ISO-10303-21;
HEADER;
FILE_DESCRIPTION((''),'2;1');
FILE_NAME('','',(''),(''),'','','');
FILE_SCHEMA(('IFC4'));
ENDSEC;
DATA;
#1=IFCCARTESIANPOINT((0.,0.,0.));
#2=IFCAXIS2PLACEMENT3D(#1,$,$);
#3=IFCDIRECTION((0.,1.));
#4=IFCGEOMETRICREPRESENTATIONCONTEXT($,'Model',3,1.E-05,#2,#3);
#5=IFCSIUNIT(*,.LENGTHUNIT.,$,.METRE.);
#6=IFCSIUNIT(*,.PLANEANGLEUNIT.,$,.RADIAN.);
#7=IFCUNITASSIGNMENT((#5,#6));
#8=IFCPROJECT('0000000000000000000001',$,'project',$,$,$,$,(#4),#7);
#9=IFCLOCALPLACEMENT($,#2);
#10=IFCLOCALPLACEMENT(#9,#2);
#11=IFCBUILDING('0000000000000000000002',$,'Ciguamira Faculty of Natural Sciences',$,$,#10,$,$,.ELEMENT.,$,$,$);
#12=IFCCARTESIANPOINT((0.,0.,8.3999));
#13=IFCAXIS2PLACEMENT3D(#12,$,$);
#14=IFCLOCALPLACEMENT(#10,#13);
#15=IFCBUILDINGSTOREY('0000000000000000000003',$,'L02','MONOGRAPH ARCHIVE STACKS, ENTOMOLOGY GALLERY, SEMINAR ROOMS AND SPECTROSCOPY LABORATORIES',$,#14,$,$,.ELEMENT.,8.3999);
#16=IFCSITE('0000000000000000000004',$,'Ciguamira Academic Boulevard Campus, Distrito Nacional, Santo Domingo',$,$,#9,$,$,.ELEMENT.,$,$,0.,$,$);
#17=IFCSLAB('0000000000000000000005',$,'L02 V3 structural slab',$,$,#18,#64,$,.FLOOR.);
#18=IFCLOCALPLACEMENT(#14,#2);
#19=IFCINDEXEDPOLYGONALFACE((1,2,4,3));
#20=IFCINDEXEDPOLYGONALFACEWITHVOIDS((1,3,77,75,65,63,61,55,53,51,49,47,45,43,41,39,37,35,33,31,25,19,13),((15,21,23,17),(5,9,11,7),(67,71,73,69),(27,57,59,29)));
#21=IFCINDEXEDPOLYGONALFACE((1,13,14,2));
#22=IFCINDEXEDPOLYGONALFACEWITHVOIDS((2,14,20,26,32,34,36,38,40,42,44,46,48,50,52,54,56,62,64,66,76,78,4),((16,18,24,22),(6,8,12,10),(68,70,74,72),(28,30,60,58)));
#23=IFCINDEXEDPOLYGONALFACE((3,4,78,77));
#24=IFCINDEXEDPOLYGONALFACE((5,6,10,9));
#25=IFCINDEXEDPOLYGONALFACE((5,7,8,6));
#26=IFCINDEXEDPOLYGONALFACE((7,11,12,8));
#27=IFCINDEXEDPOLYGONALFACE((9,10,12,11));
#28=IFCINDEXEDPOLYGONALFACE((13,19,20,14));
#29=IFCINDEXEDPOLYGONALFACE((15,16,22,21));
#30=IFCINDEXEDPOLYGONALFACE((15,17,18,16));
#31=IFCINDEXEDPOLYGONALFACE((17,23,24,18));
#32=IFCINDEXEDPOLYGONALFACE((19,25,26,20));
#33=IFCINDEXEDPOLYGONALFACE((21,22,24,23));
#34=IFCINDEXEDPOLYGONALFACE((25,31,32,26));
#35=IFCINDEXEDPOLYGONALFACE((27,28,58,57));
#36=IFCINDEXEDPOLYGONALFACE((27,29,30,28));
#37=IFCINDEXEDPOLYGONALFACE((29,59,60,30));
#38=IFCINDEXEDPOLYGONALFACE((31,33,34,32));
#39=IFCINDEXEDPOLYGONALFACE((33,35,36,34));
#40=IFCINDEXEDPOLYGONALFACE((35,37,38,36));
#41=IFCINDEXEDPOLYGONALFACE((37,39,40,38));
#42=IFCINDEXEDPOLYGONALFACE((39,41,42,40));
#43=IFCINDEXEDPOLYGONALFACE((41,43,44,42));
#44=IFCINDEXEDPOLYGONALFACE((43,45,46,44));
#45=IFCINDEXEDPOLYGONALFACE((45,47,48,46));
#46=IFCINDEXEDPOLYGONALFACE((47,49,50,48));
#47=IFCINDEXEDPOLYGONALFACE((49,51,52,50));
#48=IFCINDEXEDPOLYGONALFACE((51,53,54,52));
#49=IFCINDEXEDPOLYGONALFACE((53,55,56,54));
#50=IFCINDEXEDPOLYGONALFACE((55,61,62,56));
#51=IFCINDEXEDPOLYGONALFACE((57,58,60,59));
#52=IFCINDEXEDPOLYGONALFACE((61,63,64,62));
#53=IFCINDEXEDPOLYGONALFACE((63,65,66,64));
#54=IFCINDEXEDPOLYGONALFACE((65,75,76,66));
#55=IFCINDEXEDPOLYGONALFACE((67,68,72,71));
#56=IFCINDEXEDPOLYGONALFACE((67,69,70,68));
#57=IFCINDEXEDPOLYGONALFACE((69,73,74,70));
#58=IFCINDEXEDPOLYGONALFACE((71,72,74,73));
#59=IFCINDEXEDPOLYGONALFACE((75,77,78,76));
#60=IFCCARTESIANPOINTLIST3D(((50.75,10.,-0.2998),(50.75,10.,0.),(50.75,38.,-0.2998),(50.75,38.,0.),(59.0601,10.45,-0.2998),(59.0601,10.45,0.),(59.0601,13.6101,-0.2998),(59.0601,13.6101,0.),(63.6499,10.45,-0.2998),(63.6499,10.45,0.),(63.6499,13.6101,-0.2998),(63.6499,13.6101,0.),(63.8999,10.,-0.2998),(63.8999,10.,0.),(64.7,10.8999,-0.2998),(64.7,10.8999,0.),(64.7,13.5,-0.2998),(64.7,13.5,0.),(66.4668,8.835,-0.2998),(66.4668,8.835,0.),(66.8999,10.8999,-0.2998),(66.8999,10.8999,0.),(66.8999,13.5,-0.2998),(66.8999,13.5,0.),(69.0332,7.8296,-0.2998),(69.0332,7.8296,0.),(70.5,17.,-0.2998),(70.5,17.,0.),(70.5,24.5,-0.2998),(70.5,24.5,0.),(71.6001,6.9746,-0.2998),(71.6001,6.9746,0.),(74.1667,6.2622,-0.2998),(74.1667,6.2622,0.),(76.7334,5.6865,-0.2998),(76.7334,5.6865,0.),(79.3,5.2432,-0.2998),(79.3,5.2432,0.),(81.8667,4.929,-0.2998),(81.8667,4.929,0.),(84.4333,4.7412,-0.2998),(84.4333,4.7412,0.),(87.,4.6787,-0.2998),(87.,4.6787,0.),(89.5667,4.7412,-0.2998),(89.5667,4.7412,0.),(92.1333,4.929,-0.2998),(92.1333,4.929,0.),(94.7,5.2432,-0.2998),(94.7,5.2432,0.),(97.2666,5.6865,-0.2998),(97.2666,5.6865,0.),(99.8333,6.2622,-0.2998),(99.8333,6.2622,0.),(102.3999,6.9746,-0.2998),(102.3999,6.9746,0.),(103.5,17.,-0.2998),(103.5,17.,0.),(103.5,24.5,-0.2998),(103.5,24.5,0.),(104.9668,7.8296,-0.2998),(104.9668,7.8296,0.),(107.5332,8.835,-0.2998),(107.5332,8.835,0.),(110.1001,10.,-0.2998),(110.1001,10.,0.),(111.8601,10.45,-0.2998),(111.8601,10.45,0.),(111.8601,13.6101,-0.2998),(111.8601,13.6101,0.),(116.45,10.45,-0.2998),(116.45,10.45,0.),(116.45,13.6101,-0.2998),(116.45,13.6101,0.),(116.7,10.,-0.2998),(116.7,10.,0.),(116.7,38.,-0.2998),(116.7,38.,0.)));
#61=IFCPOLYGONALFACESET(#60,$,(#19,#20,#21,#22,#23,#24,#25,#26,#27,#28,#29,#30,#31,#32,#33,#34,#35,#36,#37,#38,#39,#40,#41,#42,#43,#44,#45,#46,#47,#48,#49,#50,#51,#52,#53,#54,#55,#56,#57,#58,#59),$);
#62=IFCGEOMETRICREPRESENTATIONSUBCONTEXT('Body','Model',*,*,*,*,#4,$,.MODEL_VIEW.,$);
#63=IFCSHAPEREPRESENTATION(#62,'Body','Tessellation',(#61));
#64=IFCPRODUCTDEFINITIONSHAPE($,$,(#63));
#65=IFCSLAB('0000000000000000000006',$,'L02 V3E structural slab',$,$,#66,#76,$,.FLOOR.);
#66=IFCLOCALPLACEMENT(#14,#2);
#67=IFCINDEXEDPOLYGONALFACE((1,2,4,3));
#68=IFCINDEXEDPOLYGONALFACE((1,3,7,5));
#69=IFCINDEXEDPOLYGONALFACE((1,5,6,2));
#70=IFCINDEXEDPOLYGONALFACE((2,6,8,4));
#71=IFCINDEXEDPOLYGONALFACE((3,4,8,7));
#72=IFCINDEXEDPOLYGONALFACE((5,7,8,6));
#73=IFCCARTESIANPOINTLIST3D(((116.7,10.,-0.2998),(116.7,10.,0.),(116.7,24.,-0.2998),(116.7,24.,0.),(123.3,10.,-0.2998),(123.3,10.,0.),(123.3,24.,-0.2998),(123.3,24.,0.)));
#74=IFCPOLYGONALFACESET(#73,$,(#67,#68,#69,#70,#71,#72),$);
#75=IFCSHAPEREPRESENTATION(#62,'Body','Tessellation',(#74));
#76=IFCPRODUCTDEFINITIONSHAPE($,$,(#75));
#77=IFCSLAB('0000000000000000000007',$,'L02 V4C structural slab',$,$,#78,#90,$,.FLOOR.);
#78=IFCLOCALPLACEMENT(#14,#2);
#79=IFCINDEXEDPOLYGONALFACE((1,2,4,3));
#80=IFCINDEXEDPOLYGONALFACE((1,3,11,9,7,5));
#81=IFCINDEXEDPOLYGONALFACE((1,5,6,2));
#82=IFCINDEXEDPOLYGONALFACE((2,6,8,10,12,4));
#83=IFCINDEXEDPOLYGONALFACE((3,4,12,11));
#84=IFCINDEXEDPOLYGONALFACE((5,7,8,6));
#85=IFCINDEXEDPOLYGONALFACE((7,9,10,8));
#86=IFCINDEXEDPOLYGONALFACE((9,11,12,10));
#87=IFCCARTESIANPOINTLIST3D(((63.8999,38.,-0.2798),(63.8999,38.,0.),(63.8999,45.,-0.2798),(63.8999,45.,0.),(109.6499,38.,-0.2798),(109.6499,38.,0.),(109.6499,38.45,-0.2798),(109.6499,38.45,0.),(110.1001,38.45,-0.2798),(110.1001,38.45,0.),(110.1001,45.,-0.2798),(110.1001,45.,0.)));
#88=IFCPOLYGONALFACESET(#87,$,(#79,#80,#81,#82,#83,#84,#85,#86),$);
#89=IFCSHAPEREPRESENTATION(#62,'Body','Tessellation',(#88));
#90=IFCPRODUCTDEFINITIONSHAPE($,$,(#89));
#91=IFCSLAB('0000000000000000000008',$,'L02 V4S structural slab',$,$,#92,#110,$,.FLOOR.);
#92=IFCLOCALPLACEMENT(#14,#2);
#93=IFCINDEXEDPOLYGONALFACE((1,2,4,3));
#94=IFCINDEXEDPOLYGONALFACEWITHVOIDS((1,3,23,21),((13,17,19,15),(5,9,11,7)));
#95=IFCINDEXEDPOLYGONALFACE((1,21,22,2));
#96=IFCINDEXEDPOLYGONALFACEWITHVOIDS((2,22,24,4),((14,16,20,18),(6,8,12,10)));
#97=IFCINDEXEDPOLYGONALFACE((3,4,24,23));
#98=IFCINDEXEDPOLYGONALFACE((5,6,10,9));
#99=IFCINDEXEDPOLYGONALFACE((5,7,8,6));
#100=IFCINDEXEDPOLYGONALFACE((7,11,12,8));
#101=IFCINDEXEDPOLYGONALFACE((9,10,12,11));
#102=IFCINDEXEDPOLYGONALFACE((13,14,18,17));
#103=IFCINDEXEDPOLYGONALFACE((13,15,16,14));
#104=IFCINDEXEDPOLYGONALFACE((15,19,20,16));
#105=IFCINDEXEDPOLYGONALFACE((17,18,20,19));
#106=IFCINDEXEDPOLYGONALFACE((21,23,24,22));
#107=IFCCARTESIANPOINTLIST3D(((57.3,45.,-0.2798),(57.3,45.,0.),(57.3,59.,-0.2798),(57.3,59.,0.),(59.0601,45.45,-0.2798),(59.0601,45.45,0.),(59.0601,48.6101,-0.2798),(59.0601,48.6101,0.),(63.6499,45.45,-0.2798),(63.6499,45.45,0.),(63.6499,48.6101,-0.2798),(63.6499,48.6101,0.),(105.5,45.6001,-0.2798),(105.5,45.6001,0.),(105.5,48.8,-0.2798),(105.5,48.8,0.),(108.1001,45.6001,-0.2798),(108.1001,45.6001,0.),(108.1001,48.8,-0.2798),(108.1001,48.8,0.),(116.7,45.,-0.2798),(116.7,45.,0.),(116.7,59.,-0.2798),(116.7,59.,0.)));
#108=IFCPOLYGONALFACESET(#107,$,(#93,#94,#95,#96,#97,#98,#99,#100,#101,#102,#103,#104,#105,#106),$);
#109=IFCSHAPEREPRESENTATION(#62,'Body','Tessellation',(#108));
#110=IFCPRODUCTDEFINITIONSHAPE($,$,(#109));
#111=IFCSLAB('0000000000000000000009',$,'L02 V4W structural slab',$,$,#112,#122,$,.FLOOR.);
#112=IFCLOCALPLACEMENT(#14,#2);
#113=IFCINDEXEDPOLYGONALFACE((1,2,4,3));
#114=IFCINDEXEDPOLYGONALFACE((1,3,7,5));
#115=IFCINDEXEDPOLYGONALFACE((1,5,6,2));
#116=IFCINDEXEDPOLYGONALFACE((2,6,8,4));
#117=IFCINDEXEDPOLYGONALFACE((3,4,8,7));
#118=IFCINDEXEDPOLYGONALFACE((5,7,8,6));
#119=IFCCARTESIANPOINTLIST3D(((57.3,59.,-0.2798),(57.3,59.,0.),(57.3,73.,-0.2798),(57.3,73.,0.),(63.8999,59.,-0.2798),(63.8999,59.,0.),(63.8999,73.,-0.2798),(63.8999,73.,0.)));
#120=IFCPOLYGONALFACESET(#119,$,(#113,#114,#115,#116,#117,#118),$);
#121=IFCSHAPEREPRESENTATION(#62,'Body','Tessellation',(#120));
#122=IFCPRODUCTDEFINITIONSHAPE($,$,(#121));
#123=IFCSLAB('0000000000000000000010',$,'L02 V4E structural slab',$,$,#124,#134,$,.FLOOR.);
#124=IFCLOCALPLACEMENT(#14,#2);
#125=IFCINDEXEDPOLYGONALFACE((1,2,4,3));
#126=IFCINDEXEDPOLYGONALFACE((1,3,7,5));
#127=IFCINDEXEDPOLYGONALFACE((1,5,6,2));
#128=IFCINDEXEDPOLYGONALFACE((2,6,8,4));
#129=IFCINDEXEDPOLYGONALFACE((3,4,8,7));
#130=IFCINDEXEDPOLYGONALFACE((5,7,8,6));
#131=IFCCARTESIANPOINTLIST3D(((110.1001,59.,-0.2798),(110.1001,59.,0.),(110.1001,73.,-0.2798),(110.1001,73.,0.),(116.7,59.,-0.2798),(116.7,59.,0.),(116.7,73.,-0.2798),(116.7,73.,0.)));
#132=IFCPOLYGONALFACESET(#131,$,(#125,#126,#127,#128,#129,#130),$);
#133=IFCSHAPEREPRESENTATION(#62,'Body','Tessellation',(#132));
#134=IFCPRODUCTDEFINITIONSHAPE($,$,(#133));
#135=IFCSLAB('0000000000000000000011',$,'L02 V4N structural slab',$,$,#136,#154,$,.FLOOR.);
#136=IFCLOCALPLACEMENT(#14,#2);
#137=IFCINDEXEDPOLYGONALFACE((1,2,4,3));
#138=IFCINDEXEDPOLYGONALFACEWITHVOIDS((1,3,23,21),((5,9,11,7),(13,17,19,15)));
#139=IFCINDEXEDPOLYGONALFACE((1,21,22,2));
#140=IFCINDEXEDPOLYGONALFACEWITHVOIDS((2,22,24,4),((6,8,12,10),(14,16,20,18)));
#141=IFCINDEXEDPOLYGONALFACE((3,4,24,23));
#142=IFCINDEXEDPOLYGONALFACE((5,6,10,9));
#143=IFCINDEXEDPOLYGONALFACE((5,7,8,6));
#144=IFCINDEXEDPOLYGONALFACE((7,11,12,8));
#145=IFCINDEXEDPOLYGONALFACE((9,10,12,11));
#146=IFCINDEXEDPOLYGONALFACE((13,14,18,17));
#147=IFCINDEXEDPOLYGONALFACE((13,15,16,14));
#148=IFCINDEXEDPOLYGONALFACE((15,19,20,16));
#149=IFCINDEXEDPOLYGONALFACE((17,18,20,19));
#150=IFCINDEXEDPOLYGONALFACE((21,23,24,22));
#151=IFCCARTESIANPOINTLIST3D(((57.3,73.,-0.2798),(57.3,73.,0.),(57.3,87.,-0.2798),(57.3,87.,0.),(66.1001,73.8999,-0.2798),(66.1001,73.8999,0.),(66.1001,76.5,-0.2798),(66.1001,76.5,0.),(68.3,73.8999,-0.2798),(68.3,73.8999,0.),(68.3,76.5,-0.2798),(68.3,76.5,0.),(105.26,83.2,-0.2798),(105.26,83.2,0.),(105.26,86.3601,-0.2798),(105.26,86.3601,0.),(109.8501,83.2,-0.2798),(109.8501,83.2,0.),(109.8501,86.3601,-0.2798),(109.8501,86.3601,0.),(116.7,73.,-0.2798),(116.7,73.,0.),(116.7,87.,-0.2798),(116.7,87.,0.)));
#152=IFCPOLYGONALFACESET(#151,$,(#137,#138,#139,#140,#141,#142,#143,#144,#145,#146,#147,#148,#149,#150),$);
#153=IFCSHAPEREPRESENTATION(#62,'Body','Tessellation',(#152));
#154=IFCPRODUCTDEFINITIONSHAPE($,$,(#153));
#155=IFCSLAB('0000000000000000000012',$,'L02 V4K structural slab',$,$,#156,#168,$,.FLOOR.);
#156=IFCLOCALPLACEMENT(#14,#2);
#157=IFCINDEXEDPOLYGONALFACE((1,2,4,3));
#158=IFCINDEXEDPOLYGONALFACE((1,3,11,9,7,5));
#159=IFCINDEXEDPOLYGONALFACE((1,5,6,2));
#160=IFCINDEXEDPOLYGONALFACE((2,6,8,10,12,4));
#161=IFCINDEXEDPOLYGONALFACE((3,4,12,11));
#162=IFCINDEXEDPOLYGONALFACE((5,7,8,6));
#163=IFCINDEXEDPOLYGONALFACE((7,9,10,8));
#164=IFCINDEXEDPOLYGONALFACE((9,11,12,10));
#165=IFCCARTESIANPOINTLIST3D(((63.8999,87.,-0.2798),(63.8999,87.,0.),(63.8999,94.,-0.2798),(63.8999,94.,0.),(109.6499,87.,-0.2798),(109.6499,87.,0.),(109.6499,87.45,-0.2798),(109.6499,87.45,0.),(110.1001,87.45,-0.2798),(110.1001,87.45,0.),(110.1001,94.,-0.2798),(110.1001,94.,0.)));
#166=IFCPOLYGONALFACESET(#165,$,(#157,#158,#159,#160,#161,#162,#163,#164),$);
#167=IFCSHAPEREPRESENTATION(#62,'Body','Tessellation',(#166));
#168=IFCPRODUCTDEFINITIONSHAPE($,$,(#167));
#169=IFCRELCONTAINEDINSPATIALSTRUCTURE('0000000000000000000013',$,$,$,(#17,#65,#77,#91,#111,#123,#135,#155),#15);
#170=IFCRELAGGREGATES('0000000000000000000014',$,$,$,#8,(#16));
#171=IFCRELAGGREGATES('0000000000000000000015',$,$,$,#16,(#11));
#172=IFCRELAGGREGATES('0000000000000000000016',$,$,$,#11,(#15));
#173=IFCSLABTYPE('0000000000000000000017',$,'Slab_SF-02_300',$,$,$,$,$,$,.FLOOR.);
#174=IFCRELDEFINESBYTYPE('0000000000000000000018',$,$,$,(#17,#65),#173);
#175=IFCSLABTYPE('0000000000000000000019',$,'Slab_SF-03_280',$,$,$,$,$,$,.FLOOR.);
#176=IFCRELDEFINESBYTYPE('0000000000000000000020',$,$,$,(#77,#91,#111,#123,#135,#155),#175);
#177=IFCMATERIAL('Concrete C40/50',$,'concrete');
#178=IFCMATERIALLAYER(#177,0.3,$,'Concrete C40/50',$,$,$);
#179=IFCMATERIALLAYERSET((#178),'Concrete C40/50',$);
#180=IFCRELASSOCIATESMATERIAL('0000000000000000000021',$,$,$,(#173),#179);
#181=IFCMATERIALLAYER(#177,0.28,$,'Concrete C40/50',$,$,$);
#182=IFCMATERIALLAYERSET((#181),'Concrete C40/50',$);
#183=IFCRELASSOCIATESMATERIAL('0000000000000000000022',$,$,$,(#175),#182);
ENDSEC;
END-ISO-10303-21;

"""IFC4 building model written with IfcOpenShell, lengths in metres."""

from ifc_helpers import new_model, si_unit, direction, frame, origin, place, context, subcontext, project, spatial, polyline, outline, extrude, material, layer, layer_set, type_object, element, save


model = new_model("IFC4")

# Units and contexts
model_context = context("Model", 3, precision=1e-05, world=origin(), true_north=direction((0.0, 1.0)))
body_context = subcontext(model_context, "Body", "Model", "MODEL_VIEW")
ifc_project = project(units=[si_unit("LENGTHUNIT", "METRE"), si_unit("PLANEANGLEUNIT", "RADIAN")], contexts=[model_context])

# Site, building, storey
site_placement = place(None, origin())
site = spatial("IfcSite", under=ifc_project, at=site_placement, Name="Ciguamira Academic Boulevard Campus, Distrito Nacional, Santo Domingo", CompositionType="ELEMENT", RefElevation=0.0)
building_placement = place(site_placement, origin())
building = spatial("IfcBuilding", under=site, at=building_placement, Name="Ciguamira Faculty of Natural Sciences", CompositionType="ELEMENT")
storey_placement = place(building_placement, frame((0.0, 0.0, 8.3999)))
storey = spatial("IfcBuildingStorey", under=building, at=storey_placement, Name="L02", Description="MONOGRAPH ARCHIVE STACKS, ENTOMOLOGY GALLERY, SEMINAR ROOMS AND SPECTROSCOPY LABORATORIES", CompositionType="ELEMENT", Elevation=8.3999)

# Slabs
ifc_material_1 = material(Name="Concrete C40/50", Category="concrete")
ifc_layer_1 = layer(ifc_material_1, 0.3, Name="Concrete C40/50")
ifc_layer_set_1 = layer_set([ifc_layer_1], Name="Concrete C40/50")
slab_type_1 = type_object("IfcSlabType", Name="Slab_SF-02_300", PredefinedType="FLOOR", material=ifc_layer_set_1)
slab_1_placement = place(storey_placement, frame((0.0, 0.0, -0.2998)))
element("IfcSlab", 1, at=slab_1_placement, inside=storey, type_object=slab_type_1, Name="L02 V3 structural slab", PredefinedType="FLOOR", context=body_context, shape_type="SweptSolid", body=[
    extrude(outline(polyline([(50.75, 10.0), (63.8999, 10.0), (66.4668, 8.835), (69.0332, 7.8296), (71.6001, 6.9746), (74.1667, 6.2622), (76.7334, 5.6865), (79.3, 5.2432), (81.8667, 4.929), (84.4333, 4.7412), (87.0, 4.6787), (89.5667, 4.7412), (92.1333, 4.929), (94.7, 5.2432), (97.2666, 5.6865), (99.8333, 6.2622), (102.3999, 6.9746), (104.9668, 7.8296), (107.5332, 8.835), (110.1001, 10.0), (116.7, 10.0), (116.7, 38.0), (50.75, 38.0), (50.75, 10.0)]), holes=[polyline([(59.0601, 10.45), (63.6499, 10.45), (63.6499, 13.6101), (59.0601, 13.6101), (59.0601, 10.45)]), polyline([(111.8601, 10.45), (116.45, 10.45), (116.45, 13.6101), (111.8601, 13.6101), (111.8601, 10.45)]), polyline([(64.7, 10.8999), (66.8999, 10.8999), (66.8999, 13.5), (64.7, 13.5), (64.7, 10.8999)]), polyline([(70.5, 17.0), (103.5, 17.0), (103.5, 24.5), (70.5, 24.5), (70.5, 17.0)])]), origin(), (0.0, 0.0, 1.0), 0.2998),
])
slab_2_placement = place(storey_placement, frame((0.0, 0.0, -0.2998)))
element("IfcSlab", 2, at=slab_2_placement, inside=storey, type_object=slab_type_1, Name="L02 V3E structural slab", PredefinedType="FLOOR", context=body_context, shape_type="SweptSolid", body=[
    extrude(outline(polyline([(116.7, 10.0), (123.3, 10.0), (123.3, 24.0), (116.7, 24.0), (116.7, 10.0)])), origin(), (0.0, 0.0, 1.0), 0.2998),
])
ifc_layer_2 = layer(ifc_material_1, 0.28, Name="Concrete C40/50")
ifc_layer_set_2 = layer_set([ifc_layer_2], Name="Concrete C40/50")
slab_type_2 = type_object("IfcSlabType", Name="Slab_SF-03_280", PredefinedType="FLOOR", material=ifc_layer_set_2)
slab_3_placement = place(storey_placement, frame((0.0, 0.0, -0.2798)))
element("IfcSlab", 3, at=slab_3_placement, inside=storey, type_object=slab_type_2, Name="L02 V4C structural slab", PredefinedType="FLOOR", context=body_context, shape_type="SweptSolid", body=[
    extrude(outline(polyline([(63.8999, 38.0), (109.6499, 38.0), (109.6499, 38.45), (110.1001, 38.45), (110.1001, 45.0), (63.8999, 45.0), (63.8999, 38.0)])), origin(), (0.0, 0.0, 1.0), 0.2798),
])
slab_4_placement = place(storey_placement, frame((0.0, 0.0, -0.2798)))
element("IfcSlab", 4, at=slab_4_placement, inside=storey, type_object=slab_type_2, Name="L02 V4S structural slab", PredefinedType="FLOOR", context=body_context, shape_type="SweptSolid", body=[
    extrude(outline(polyline([(57.3, 45.0), (116.7, 45.0), (116.7, 59.0), (57.3, 59.0), (57.3, 45.0)]), holes=[polyline([(59.0601, 45.45), (63.6499, 45.45), (63.6499, 48.6101), (59.0601, 48.6101), (59.0601, 45.45)]), polyline([(105.5, 45.6001), (108.1001, 45.6001), (108.1001, 48.8), (105.5, 48.8), (105.5, 45.6001)])]), origin(), (0.0, 0.0, 1.0), 0.2798),
])
slab_5_placement = place(storey_placement, frame((0.0, 0.0, -0.2798)))
element("IfcSlab", 5, at=slab_5_placement, inside=storey, type_object=slab_type_2, Name="L02 V4W structural slab", PredefinedType="FLOOR", context=body_context, shape_type="SweptSolid", body=[
    extrude(outline(polyline([(57.3, 59.0), (63.8999, 59.0), (63.8999, 73.0), (57.3, 73.0), (57.3, 59.0)])), origin(), (0.0, 0.0, 1.0), 0.2798),
])
slab_6_placement = place(storey_placement, frame((0.0, 0.0, -0.2798)))
element("IfcSlab", 6, at=slab_6_placement, inside=storey, type_object=slab_type_2, Name="L02 V4E structural slab", PredefinedType="FLOOR", context=body_context, shape_type="SweptSolid", body=[
    extrude(outline(polyline([(110.1001, 59.0), (116.7, 59.0), (116.7, 73.0), (110.1001, 73.0), (110.1001, 59.0)])), origin(), (0.0, 0.0, 1.0), 0.2798),
])
slab_7_placement = place(storey_placement, frame((0.0, 0.0, -0.2798)))
element("IfcSlab", 7, at=slab_7_placement, inside=storey, type_object=slab_type_2, Name="L02 V4N structural slab", PredefinedType="FLOOR", context=body_context, shape_type="SweptSolid", body=[
    extrude(outline(polyline([(57.3, 73.0), (116.7, 73.0), (116.7, 87.0), (57.3, 87.0), (57.3, 73.0)]), holes=[polyline([(105.26, 83.2), (109.8501, 83.2), (109.8501, 86.3601), (105.26, 86.3601), (105.26, 83.2)]), polyline([(66.1001, 73.8999), (68.3, 73.8999), (68.3, 76.5), (66.1001, 76.5), (66.1001, 73.8999)])]), origin(), (0.0, 0.0, 1.0), 0.2798),
])
slab_8_placement = place(storey_placement, frame((0.0, 0.0, -0.2798)))
element("IfcSlab", 8, at=slab_8_placement, inside=storey, type_object=slab_type_2, Name="L02 V4K structural slab", PredefinedType="FLOOR", context=body_context, shape_type="SweptSolid", body=[
    extrude(outline(polyline([(63.8999, 87.0), (109.6499, 87.0), (109.6499, 87.45), (110.1001, 87.45), (110.1001, 94.0), (63.8999, 94.0), (63.8999, 87.0)])), origin(), (0.0, 0.0, 1.0), 0.2798),
])

save(model, "model.ifc")
